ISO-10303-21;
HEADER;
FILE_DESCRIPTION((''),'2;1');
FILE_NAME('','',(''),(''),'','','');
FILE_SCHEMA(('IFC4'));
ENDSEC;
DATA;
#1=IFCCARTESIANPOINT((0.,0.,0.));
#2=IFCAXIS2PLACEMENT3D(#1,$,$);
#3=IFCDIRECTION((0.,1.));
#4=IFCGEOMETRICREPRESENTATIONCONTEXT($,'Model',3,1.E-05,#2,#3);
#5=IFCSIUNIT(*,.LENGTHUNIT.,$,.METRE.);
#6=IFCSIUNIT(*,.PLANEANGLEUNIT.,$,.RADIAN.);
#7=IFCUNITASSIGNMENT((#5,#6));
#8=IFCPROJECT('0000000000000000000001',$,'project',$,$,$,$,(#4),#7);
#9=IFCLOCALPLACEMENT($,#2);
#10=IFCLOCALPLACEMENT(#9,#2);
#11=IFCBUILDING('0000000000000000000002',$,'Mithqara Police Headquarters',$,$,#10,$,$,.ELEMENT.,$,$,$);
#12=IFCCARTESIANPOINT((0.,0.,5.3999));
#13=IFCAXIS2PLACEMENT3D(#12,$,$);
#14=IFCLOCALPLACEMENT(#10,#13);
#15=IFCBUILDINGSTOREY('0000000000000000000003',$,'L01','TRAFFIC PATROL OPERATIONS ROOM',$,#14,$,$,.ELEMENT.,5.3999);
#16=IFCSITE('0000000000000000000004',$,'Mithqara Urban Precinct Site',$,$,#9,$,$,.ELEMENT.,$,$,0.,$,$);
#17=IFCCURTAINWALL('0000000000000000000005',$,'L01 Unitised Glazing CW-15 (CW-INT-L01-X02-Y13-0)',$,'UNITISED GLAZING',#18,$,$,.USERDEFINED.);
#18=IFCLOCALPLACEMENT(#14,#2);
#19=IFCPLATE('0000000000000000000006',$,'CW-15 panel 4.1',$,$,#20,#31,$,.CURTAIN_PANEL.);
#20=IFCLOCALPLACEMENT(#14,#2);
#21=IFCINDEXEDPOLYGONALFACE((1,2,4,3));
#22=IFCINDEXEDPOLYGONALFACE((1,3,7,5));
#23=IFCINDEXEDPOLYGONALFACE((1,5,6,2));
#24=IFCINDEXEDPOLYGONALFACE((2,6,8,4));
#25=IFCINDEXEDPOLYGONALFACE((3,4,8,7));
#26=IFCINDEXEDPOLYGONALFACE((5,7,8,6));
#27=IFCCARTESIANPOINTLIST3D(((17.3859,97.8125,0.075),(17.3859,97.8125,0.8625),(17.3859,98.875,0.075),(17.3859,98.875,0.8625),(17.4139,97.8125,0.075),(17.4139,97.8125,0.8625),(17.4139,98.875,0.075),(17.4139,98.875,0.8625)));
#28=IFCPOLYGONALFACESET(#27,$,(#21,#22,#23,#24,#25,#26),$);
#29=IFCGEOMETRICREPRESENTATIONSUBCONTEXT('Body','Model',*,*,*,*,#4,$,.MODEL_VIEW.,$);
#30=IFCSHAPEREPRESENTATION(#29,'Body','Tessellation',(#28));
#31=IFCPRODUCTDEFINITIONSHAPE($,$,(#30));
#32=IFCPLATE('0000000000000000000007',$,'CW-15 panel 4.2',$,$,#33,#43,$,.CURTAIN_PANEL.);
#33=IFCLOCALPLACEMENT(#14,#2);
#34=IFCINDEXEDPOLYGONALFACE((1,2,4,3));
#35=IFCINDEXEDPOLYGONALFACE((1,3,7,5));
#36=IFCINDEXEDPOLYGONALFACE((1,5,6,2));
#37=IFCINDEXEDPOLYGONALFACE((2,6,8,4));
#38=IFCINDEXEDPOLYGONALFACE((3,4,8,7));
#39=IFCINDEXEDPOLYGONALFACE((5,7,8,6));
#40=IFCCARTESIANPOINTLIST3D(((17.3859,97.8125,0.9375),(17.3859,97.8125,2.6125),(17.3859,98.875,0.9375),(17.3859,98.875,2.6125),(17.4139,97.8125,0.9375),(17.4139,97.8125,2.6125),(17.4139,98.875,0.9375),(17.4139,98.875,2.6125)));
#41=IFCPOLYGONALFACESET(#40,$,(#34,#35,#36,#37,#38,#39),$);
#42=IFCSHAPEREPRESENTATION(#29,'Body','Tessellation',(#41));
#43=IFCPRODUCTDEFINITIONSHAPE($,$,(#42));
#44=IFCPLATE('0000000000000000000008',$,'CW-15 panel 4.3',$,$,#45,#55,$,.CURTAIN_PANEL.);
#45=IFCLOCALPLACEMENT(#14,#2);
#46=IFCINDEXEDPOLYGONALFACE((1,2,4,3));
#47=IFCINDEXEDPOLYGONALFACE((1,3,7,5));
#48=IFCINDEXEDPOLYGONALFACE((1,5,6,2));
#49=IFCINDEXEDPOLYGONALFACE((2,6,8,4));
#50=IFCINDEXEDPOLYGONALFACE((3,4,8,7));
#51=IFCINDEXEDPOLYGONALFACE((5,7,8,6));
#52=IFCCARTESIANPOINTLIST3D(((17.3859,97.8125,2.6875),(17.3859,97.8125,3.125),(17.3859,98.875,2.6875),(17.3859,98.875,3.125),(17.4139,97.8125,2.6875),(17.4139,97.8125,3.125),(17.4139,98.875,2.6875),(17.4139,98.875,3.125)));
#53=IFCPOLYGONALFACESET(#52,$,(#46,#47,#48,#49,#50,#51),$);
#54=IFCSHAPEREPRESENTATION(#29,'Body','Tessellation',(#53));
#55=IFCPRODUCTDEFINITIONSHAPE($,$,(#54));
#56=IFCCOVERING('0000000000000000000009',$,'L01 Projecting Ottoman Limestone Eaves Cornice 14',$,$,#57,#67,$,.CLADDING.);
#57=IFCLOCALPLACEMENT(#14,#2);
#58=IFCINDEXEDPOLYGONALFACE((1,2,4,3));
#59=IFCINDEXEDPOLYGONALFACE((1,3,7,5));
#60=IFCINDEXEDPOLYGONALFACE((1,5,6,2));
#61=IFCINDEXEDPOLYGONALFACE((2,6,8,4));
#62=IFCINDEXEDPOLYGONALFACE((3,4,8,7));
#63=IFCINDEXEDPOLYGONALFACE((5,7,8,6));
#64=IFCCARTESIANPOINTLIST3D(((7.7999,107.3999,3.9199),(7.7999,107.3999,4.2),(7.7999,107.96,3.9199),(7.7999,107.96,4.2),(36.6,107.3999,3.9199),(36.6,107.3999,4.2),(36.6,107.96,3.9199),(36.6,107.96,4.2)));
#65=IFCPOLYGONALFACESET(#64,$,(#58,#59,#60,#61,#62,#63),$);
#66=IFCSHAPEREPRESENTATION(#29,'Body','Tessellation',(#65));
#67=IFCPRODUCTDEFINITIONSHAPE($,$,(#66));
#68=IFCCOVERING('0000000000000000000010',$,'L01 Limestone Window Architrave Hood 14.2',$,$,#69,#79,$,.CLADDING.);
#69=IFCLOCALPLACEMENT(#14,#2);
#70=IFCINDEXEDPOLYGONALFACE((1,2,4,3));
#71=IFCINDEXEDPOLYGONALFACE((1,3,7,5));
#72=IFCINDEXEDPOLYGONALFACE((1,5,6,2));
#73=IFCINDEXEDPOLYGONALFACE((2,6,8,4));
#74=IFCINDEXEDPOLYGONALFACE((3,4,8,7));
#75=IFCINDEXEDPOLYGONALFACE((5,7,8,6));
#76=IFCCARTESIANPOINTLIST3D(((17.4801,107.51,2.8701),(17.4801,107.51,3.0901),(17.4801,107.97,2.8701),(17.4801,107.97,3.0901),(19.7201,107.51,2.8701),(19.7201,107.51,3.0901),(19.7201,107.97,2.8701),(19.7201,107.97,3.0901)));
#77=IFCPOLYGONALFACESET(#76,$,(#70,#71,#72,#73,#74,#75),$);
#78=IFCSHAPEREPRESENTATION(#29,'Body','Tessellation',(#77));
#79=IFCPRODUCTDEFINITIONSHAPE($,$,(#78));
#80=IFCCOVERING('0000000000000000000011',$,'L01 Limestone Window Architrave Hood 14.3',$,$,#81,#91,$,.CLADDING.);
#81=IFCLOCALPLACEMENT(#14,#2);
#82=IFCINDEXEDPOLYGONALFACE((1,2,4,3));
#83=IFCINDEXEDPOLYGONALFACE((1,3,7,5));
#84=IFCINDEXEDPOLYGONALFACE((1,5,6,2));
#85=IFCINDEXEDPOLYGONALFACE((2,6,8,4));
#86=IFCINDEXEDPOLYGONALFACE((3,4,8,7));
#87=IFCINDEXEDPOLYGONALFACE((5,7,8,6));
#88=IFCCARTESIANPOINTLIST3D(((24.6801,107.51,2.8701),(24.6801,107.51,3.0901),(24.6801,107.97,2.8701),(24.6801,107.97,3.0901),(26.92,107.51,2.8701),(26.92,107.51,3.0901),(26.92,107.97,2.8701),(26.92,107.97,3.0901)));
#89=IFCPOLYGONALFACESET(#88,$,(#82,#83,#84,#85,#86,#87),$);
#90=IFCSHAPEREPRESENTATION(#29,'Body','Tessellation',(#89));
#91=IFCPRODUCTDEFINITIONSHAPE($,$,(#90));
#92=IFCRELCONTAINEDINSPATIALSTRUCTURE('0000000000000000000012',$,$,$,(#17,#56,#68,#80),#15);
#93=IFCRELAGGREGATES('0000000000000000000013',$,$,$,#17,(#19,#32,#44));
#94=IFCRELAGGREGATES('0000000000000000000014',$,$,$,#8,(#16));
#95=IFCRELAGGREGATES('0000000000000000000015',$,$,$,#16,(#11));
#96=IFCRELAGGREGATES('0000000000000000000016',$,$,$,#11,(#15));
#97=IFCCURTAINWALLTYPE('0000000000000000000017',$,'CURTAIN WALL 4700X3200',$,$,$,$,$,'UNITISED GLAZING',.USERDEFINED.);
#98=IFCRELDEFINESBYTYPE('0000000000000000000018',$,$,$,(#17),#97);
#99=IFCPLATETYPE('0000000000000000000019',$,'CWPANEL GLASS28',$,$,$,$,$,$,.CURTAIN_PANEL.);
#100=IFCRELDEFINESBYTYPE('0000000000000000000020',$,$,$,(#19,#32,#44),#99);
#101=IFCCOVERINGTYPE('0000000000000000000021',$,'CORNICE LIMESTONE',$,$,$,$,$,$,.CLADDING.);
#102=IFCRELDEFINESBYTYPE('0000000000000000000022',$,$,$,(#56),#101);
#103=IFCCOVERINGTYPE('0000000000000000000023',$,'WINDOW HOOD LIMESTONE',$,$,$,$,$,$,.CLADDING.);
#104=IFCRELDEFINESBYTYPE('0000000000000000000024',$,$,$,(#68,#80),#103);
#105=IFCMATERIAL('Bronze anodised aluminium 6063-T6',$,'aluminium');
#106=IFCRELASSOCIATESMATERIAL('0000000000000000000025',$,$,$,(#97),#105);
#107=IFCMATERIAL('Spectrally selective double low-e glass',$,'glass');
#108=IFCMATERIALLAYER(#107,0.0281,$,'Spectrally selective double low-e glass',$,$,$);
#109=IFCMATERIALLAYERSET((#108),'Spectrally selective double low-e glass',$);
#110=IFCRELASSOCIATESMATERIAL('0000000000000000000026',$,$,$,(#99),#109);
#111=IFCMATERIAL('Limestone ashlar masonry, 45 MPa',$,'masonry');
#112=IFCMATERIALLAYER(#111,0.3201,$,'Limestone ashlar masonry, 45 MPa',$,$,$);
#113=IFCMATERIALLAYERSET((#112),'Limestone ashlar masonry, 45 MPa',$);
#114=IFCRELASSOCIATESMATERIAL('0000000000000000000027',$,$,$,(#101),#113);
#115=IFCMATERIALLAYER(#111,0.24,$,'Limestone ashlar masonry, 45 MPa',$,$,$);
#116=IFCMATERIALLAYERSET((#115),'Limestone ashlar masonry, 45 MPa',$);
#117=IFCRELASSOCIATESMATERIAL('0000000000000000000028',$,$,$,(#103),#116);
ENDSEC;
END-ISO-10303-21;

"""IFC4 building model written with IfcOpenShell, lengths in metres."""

from ifc_helpers import new_model, si_unit, direction, frame, origin, origin_2d, place, context, subcontext, project, spatial, rectangle, extrude, material, layer, layer_set, type_object, element, aggregate, save


model = new_model("IFC4")

# Units and contexts
model_context = context("Model", 3, precision=1e-05, world=origin(), true_north=direction((0.0, 1.0)))
body_context = subcontext(model_context, "Body", "Model", "MODEL_VIEW")
ifc_project = project(units=[si_unit("LENGTHUNIT", "METRE"), si_unit("PLANEANGLEUNIT", "RADIAN")], contexts=[model_context])

# Site, building, storey
site_placement = place(None, origin())
site = spatial("IfcSite", under=ifc_project, at=site_placement, Name="Mithqara Urban Precinct Site", CompositionType="ELEMENT", RefElevation=0.0)
building_placement = place(site_placement, origin())
building = spatial("IfcBuilding", under=site, at=building_placement, Name="Mithqara Police Headquarters", CompositionType="ELEMENT")
storey_placement = place(building_placement, frame((0.0, 0.0, 5.3999)))
storey = spatial("IfcBuildingStorey", under=building, at=storey_placement, Name="L01", Description="TRAFFIC PATROL OPERATIONS ROOM", CompositionType="ELEMENT", Elevation=5.3999)

# Curtain wall, plates
ifc_material_1 = material(Name="Bronze anodised aluminium 6063-T6", Category="aluminium")
curtain_wall_type = type_object("IfcCurtainWallType", Name="CURTAIN WALL 4700X3200", ElementType="UNITISED GLAZING", PredefinedType="USERDEFINED", material=ifc_material_1)
curtain_wall_placement = place(storey_placement, origin())
curtain_wall = element("IfcCurtainWall", 1, at=curtain_wall_placement, inside=storey, type_object=curtain_wall_type, Name="L01 Unitised Glazing CW-15 (CW-INT-L01-X02-Y13-0)", ObjectType="UNITISED GLAZING", PredefinedType="USERDEFINED")
ifc_material_2 = material(Name="Spectrally selective double low-e glass", Category="glass")
ifc_layer_1 = layer(ifc_material_2, 0.0281, Name="Spectrally selective double low-e glass")
ifc_layer_set_1 = layer_set([ifc_layer_1], Name="Spectrally selective double low-e glass")
plate_type = type_object("IfcPlateType", Name="CWPANEL GLASS28", PredefinedType="CURTAIN_PANEL", material=ifc_layer_set_1)
plate_1_placement = place(storey_placement, frame((17.3999, 98.3438, 0.075), z_axis=(0.0, 0.0, 1.0), x_axis=(0.0, 1.0, 0.0)))
plate_1 = element("IfcPlate", 2, at=plate_1_placement, type_object=plate_type, Name="CW-15 panel 4.1", PredefinedType="CURTAIN_PANEL", context=body_context, shape_type="SweptSolid", body=[
    extrude(rectangle(XDim=1.0625, YDim=0.0281, at=origin_2d()), origin(), (0.0, 0.0, 1.0), 0.7876),
])
plate_2_placement = place(storey_placement, frame((17.3999, 98.3438, 0.9375), z_axis=(0.0, 0.0, 1.0), x_axis=(0.0, 1.0, 0.0)))
plate_2 = element("IfcPlate", 3, at=plate_2_placement, type_object=plate_type, Name="CW-15 panel 4.2", PredefinedType="CURTAIN_PANEL", context=body_context, shape_type="SweptSolid", body=[
    extrude(rectangle(XDim=1.0625, YDim=0.0281, at=origin_2d()), origin(), (0.0, 0.0, 1.0), 1.675),
])
plate_3_placement = place(storey_placement, frame((17.3999, 98.3438, 2.6875), z_axis=(0.0, 0.0, 1.0), x_axis=(0.0, 1.0, 0.0)))
plate_3 = element("IfcPlate", 4, at=plate_3_placement, type_object=plate_type, Name="CW-15 panel 4.3", PredefinedType="CURTAIN_PANEL", context=body_context, shape_type="SweptSolid", body=[
    extrude(rectangle(XDim=1.0625, YDim=0.0281, at=origin_2d()), origin(), (0.0, 0.0, 1.0), 0.4375),
])
aggregate(curtain_wall, [plate_1, plate_2, plate_3])

# Coverings
ifc_material_3 = material(Name="Limestone ashlar masonry, 45 MPa", Category="masonry")
ifc_layer_2 = layer(ifc_material_3, 0.3201, Name="Limestone ashlar masonry, 45 MPa")
ifc_layer_set_2 = layer_set([ifc_layer_2], Name="Limestone ashlar masonry, 45 MPa")
covering_type_1 = type_object("IfcCoveringType", Name="CORNICE LIMESTONE", PredefinedType="CLADDING", material=ifc_layer_set_2)
covering_placement = place(storey_placement, frame((22.2, 107.6799, 3.9199), z_axis=(0.0, 0.0, 1.0), x_axis=(1.0, 0.0, 0.0)))
element("IfcCovering", 5, at=covering_placement, inside=storey, type_object=covering_type_1, Name="L01 Projecting Ottoman Limestone Eaves Cornice 14", PredefinedType="CLADDING", context=body_context, shape_type="SweptSolid", body=[
    extrude(rectangle(XDim=28.8, YDim=0.5601, at=origin_2d()), origin(), (0.0, 0.0, 1.0), 0.28),
])
ifc_layer_3 = layer(ifc_material_3, 0.24, Name="Limestone ashlar masonry, 45 MPa")
ifc_layer_set_3 = layer_set([ifc_layer_3], Name="Limestone ashlar masonry, 45 MPa")
covering_type_2 = type_object("IfcCoveringType", Name="WINDOW HOOD LIMESTONE", PredefinedType="CLADDING", material=ifc_layer_set_3)
for number, where, z_axis, x_axis, name in (
    (6, (18.6001, 107.74, 2.8701), (0.0, 0.0, 1.0), (1.0, 0.0, 0.0), "L01 Limestone Window Architrave Hood 14.2"),
    (7, (25.8, 107.74, 2.8701), (0.0, 0.0, 1.0), (1.0, 0.0, 0.0), "L01 Limestone Window Architrave Hood 14.3"),
):
    element("IfcCovering", number, at=place(storey_placement, frame(where, z_axis=z_axis, x_axis=x_axis)), inside=storey, type_object=covering_type_2, Name=name, PredefinedType="CLADDING", context=body_context, shape_type="SweptSolid", body=[
        extrude(rectangle(XDim=2.24, YDim=0.46, at=origin_2d()), origin(), (0.0, 0.0, 1.0), 0.22),
    ])

save(model, "model.ifc")
